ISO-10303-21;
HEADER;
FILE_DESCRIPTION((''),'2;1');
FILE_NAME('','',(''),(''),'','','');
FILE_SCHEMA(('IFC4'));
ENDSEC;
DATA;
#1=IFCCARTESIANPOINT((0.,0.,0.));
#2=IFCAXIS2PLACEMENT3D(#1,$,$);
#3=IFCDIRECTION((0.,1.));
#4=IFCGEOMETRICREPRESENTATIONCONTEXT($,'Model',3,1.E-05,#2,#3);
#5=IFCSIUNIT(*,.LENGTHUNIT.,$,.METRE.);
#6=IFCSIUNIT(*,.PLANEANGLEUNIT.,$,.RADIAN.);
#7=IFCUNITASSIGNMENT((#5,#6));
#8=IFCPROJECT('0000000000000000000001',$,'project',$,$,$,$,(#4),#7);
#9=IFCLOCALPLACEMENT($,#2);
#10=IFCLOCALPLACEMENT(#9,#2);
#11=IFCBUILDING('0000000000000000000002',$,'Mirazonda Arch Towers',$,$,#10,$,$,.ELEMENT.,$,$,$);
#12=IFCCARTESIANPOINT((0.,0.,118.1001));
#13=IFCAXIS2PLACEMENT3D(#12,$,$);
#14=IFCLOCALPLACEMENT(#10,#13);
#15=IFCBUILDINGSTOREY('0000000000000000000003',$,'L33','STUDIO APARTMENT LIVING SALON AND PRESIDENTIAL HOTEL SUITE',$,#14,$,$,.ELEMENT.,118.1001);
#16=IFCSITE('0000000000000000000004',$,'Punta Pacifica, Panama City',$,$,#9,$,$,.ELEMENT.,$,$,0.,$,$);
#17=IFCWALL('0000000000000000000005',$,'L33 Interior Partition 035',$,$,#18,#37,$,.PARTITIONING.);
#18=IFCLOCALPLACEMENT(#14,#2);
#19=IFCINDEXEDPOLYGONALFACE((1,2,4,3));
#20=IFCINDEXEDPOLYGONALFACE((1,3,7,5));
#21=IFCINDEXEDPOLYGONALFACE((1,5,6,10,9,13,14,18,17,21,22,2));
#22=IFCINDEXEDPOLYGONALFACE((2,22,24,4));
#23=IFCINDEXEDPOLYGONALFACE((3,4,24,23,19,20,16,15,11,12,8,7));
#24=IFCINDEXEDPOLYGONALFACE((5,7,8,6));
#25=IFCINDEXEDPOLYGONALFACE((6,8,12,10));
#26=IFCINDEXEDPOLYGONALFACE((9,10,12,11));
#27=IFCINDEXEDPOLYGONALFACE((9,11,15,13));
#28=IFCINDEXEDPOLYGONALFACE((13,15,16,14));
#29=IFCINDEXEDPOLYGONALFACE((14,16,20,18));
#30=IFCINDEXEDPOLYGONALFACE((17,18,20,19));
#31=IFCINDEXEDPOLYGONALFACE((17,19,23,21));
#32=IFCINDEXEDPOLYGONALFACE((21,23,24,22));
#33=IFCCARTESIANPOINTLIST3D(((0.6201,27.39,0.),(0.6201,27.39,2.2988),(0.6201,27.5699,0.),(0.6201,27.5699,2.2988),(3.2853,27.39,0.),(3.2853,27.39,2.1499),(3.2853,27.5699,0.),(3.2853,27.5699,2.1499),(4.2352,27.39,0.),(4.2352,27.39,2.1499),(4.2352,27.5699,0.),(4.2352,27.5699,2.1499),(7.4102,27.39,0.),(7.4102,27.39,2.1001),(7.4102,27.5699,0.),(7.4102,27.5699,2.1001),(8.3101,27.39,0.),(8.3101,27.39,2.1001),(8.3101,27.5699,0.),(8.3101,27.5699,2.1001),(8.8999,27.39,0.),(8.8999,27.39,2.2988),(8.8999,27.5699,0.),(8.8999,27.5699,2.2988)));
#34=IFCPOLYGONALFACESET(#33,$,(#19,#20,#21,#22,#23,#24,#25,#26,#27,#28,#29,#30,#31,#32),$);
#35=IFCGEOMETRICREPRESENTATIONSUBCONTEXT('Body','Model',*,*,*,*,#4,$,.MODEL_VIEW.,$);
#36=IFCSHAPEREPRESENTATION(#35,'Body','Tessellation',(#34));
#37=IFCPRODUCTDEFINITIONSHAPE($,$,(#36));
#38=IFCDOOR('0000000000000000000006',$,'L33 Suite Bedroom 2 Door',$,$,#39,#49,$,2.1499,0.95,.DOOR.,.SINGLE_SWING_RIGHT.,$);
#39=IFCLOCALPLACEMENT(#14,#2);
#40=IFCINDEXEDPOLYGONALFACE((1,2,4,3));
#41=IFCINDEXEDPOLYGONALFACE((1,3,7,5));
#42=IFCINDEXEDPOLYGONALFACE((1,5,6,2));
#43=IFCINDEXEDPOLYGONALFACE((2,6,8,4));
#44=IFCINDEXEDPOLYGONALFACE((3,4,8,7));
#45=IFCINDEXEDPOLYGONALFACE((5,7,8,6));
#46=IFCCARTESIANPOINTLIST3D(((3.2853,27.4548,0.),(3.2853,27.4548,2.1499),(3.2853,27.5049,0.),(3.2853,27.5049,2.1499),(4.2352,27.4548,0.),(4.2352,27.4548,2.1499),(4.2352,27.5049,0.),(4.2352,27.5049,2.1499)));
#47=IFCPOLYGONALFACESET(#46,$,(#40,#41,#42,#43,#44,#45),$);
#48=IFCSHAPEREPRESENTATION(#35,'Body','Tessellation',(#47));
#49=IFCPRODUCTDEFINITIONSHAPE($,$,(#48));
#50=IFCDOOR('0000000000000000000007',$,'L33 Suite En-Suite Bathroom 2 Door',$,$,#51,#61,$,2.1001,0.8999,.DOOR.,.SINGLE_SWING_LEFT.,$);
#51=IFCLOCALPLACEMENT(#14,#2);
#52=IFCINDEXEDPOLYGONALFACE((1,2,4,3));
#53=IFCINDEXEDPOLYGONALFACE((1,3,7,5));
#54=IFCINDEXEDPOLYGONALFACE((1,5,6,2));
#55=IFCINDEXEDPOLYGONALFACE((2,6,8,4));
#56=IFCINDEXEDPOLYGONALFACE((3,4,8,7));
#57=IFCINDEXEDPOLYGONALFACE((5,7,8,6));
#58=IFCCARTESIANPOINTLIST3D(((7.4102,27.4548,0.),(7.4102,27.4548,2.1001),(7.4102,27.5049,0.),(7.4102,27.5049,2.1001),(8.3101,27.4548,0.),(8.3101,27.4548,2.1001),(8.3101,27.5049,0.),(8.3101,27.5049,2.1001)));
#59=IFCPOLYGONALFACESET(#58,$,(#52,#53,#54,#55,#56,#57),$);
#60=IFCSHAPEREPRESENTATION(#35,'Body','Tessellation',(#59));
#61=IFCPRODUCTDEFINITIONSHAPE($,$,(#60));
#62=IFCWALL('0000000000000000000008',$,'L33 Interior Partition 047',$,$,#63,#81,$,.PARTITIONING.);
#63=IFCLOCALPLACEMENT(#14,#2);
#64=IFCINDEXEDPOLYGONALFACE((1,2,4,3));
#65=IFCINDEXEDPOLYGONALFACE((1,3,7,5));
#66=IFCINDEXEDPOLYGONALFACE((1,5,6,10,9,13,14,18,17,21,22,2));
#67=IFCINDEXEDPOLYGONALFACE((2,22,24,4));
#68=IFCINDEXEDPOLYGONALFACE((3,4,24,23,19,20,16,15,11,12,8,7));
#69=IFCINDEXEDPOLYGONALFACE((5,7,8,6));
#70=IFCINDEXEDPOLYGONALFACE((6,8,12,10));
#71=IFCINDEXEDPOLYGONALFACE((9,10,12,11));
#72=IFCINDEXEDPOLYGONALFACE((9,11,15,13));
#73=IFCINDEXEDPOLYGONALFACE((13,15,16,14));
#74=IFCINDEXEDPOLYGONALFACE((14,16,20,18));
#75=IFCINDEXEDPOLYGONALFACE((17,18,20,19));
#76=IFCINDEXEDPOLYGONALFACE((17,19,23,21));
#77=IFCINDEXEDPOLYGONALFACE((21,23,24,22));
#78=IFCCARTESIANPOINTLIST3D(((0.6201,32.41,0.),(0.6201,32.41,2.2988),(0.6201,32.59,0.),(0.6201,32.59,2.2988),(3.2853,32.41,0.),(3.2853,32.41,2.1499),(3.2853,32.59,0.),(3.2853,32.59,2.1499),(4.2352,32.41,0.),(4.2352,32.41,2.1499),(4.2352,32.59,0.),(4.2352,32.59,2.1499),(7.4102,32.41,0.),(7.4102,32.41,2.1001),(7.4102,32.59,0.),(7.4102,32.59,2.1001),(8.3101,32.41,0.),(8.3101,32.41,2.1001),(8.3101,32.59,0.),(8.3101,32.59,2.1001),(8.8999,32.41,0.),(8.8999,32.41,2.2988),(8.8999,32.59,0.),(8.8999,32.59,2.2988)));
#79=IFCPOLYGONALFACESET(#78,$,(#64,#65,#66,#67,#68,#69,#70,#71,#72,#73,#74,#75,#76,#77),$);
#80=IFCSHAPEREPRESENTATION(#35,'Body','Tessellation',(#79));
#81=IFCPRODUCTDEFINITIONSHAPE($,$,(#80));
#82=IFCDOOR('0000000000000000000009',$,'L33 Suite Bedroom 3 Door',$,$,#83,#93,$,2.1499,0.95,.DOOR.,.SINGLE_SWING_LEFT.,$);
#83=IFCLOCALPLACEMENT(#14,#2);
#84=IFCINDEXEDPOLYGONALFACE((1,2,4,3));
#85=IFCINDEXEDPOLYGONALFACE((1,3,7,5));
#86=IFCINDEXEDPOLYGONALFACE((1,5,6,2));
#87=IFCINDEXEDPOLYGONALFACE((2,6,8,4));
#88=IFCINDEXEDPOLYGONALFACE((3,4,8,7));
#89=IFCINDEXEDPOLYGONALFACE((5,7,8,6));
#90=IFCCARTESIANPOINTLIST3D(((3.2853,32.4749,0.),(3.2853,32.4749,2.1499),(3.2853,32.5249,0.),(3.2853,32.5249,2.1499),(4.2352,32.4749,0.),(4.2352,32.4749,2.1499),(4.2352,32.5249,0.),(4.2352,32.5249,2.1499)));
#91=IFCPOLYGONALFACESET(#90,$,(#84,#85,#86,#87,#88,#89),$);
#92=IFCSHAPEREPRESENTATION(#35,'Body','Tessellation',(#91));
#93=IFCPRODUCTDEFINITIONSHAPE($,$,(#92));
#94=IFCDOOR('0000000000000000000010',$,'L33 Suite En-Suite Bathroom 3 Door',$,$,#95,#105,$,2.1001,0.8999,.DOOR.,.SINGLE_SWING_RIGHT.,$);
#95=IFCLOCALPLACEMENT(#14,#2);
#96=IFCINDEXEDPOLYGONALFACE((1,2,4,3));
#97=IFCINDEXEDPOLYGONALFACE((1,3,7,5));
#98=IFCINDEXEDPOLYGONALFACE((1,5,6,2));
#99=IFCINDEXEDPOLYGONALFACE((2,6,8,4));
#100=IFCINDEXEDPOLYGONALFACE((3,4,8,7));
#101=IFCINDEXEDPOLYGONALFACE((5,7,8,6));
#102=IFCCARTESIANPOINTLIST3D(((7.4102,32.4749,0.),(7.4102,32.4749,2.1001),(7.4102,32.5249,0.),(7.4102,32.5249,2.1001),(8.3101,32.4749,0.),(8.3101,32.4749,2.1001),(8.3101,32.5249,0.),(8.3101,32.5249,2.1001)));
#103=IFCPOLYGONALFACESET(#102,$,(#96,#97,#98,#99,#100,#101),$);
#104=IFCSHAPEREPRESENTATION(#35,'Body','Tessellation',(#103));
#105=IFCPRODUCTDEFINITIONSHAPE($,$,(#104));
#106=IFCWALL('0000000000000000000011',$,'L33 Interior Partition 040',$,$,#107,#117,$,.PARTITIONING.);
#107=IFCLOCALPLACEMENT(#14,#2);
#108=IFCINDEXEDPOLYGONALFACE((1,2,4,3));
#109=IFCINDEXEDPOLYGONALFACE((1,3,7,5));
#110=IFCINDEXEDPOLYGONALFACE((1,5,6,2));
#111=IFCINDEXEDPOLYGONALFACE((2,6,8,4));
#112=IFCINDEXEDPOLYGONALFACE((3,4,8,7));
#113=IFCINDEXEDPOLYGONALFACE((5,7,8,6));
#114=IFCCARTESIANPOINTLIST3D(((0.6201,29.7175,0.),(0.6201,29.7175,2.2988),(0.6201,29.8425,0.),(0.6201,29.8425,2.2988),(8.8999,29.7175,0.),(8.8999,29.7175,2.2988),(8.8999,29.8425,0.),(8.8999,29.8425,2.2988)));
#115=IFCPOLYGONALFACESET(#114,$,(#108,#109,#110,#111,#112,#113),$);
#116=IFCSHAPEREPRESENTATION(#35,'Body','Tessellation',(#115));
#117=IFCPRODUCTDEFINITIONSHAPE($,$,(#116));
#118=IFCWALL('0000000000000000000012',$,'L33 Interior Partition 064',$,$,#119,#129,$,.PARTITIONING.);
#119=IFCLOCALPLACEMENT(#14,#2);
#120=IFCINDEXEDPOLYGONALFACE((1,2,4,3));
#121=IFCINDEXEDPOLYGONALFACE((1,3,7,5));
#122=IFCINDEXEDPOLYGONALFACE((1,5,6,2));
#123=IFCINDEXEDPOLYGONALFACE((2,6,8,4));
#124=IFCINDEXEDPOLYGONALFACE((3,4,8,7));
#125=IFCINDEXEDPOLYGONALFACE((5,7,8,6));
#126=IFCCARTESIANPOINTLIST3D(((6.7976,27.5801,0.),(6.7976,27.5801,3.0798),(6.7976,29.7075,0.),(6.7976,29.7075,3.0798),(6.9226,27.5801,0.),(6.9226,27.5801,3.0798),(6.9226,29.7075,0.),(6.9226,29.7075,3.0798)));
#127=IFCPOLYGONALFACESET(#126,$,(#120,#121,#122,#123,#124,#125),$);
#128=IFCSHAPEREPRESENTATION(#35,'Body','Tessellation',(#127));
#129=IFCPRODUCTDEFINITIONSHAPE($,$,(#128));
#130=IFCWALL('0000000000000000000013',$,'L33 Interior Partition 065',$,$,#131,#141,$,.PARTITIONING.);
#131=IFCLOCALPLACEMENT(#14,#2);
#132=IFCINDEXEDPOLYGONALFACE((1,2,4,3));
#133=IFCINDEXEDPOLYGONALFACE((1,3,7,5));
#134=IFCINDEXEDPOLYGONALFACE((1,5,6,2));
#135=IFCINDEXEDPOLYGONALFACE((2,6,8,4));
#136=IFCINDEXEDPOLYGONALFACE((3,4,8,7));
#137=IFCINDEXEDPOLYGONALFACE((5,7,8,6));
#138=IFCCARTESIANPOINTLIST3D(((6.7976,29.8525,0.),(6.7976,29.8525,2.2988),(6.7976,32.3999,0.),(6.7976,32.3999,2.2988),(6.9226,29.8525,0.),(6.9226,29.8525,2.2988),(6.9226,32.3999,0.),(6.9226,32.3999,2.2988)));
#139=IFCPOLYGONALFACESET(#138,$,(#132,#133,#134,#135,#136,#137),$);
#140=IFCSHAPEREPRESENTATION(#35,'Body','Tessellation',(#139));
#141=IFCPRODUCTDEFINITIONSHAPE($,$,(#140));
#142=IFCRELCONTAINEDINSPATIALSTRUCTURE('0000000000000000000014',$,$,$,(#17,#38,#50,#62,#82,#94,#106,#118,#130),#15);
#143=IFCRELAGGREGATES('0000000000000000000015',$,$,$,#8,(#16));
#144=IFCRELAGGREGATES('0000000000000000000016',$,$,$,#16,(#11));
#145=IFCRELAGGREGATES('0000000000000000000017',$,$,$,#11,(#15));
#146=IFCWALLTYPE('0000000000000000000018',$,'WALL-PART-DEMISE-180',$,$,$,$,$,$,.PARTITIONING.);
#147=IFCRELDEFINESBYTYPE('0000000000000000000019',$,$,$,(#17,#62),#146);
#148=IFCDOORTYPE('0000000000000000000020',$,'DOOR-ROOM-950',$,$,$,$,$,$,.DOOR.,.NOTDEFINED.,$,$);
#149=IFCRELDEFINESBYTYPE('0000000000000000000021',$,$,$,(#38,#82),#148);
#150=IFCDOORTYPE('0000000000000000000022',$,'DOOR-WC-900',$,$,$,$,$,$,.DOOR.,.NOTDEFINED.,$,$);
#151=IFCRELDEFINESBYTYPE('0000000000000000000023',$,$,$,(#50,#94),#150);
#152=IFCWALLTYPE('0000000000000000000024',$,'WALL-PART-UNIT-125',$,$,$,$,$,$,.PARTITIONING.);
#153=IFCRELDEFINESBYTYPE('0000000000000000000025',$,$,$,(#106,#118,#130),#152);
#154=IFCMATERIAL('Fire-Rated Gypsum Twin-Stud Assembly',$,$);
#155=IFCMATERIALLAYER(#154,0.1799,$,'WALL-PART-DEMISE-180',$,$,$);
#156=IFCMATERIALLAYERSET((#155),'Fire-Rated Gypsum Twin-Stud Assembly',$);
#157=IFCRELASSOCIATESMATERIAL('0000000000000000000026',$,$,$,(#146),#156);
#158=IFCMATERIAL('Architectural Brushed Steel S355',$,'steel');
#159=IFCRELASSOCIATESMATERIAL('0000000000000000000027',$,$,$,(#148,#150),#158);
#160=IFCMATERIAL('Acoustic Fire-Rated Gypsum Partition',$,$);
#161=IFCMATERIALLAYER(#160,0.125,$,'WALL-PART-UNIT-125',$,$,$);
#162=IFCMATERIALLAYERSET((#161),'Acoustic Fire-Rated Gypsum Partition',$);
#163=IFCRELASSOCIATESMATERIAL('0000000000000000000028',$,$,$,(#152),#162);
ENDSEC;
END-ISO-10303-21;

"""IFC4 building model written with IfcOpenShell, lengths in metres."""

from ifc_helpers import new_model, si_unit, direction, frame, frame_2d, origin, place, context, subcontext, project, spatial, rectangle, extrude, material, layer, layer_set, type_object, element, fill, save


model = new_model("IFC4")

# Units and contexts
model_context = context("Model", 3, precision=1e-05, world=origin(), true_north=direction((0.0, 1.0)))
body_context = subcontext(model_context, "Body", "Model", "MODEL_VIEW")
ifc_project = project(units=[si_unit("LENGTHUNIT", "METRE"), si_unit("PLANEANGLEUNIT", "RADIAN")], contexts=[model_context])

# Site, building, storey
site_placement = place(None, origin())
site = spatial("IfcSite", under=ifc_project, at=site_placement, Name="Punta Pacifica, Panama City", CompositionType="ELEMENT", RefElevation=0.0)
building_placement = place(site_placement, origin())
building = spatial("IfcBuilding", under=site, at=building_placement, Name="Mirazonda Arch Towers", CompositionType="ELEMENT")
storey_placement = place(building_placement, frame((0.0, 0.0, 118.1001)))
storey = spatial("IfcBuildingStorey", under=building, at=storey_placement, Name="L33", Description="STUDIO APARTMENT LIVING SALON AND PRESIDENTIAL HOTEL SUITE", CompositionType="ELEMENT", Elevation=118.1001)

# Walls, openings, doors
ifc_material_1 = material(Name="Fire-Rated Gypsum Twin-Stud Assembly")
ifc_layer_1 = layer(ifc_material_1, 0.1799, Name="WALL-PART-DEMISE-180")
ifc_layer_set_1 = layer_set([ifc_layer_1], Name="Fire-Rated Gypsum Twin-Stud Assembly")
wall_type_1 = type_object("IfcWallType", Name="WALL-PART-DEMISE-180", PredefinedType="PARTITIONING", material=ifc_layer_set_1)
wall_1_placement = place(storey_placement, frame((0.6201, 27.48, 0.0), z_axis=(0.0, 0.0, 1.0), x_axis=(1.0, 0.0, 0.0)))
wall_1 = element("IfcWall", 1, at=wall_1_placement, inside=storey, type_object=wall_type_1, Name="L33 Interior Partition 035", PredefinedType="PARTITIONING", context=body_context, shape_type="SweptSolid", body=[
    extrude(rectangle(XDim=8.2798, YDim=0.1799, at=frame_2d((4.1399, 0.0))), origin(), (0.0, 0.0, 1.0), 2.2988),
])
opening_1_placement = place(wall_1_placement, frame((2.665, 0.0, 0.0)))
opening_1 = element("IfcOpeningElement", 2, at=opening_1_placement, cuts=wall_1, PredefinedType="OPENING", context=body_context, shape_type="SweptSolid", body=[
    extrude(rectangle(XDim=0.95, YDim=2.1499, at=frame_2d((0.4751, 1.075))), frame((0.0, 0.0999, 0.0), z_axis=(0.0, -1.0, 0.0), x_axis=(1.0, 0.0, 0.0)), (0.0, 0.0, 1.0), 0.2),
])
opening_2_placement = place(wall_1_placement, frame((6.79, 0.0, 0.0)))
opening_2 = element("IfcOpeningElement", 3, at=opening_2_placement, cuts=wall_1, PredefinedType="OPENING", context=body_context, shape_type="SweptSolid", body=[
    extrude(rectangle(XDim=0.8999, YDim=2.1001, at=frame_2d((0.45, 1.05))), frame((0.0, 0.0999, 0.0), z_axis=(0.0, -1.0, 0.0), x_axis=(1.0, 0.0, 0.0)), (0.0, 0.0, 1.0), 0.2),
])
ifc_material_2 = material(Name="Architectural Brushed Steel S355", Category="steel")
door_type_1 = type_object("IfcDoorType", Name="DOOR-ROOM-950", OperationType="NOTDEFINED", PredefinedType="DOOR", material=ifc_material_2)
door_1_placement = place(opening_1_placement, origin())
door_1 = element("IfcDoor", 4, at=door_1_placement, inside=storey, type_object=door_type_1, Name="L33 Suite Bedroom 2 Door", OperationType="SINGLE_SWING_RIGHT", OverallHeight=2.1499, OverallWidth=0.95, PredefinedType="DOOR", context=body_context, shape_type="SweptSolid", body=[
    extrude(rectangle(XDim=0.95, YDim=2.1499, at=frame_2d((0.4751, 1.075))), frame((0.0, 0.0249, 0.0), z_axis=(0.0, -1.0, 0.0), x_axis=(1.0, 0.0, 0.0)), (0.0, 0.0, 1.0), 0.05),
])
fill(opening_1, door_1)
door_type_2 = type_object("IfcDoorType", Name="DOOR-WC-900", OperationType="NOTDEFINED", PredefinedType="DOOR", material=ifc_material_2)
door_2_placement = place(opening_2_placement, origin())
door_2 = element("IfcDoor", 5, at=door_2_placement, inside=storey, type_object=door_type_2, Name="L33 Suite En-Suite Bathroom 2 Door", OperationType="SINGLE_SWING_LEFT", OverallHeight=2.1001, OverallWidth=0.8999, PredefinedType="DOOR", context=body_context, shape_type="SweptSolid", body=[
    extrude(rectangle(XDim=0.8999, YDim=2.1001, at=frame_2d((0.45, 1.05))), frame((0.0, 0.0249, 0.0), z_axis=(0.0, -1.0, 0.0), x_axis=(1.0, 0.0, 0.0)), (0.0, 0.0, 1.0), 0.05),
])
fill(opening_2, door_2)
wall_2_placement = place(storey_placement, frame((0.6201, 32.5, 0.0), z_axis=(0.0, 0.0, 1.0), x_axis=(1.0, 0.0, 0.0)))
wall_2 = element("IfcWall", 6, at=wall_2_placement, inside=storey, type_object=wall_type_1, Name="L33 Interior Partition 047", PredefinedType="PARTITIONING", context=body_context, shape_type="SweptSolid", body=[
    extrude(rectangle(XDim=8.2798, YDim=0.1799, at=frame_2d((4.1399, 0.0))), origin(), (0.0, 0.0, 1.0), 2.2988),
])
opening_3_placement = place(wall_2_placement, frame((2.665, 0.0, 0.0)))
opening_3 = element("IfcOpeningElement", 7, at=opening_3_placement, cuts=wall_2, PredefinedType="OPENING", context=body_context, shape_type="SweptSolid", body=[
    extrude(rectangle(XDim=0.95, YDim=2.1499, at=frame_2d((0.4751, 1.075))), frame((0.0, 0.0999, 0.0), z_axis=(0.0, -1.0, 0.0), x_axis=(1.0, 0.0, 0.0)), (0.0, 0.0, 1.0), 0.2),
])
opening_4_placement = place(wall_2_placement, frame((6.79, 0.0, 0.0)))
opening_4 = element("IfcOpeningElement", 8, at=opening_4_placement, cuts=wall_2, PredefinedType="OPENING", context=body_context, shape_type="SweptSolid", body=[
    extrude(rectangle(XDim=0.8999, YDim=2.1001, at=frame_2d((0.45, 1.05))), frame((0.0, 0.0999, 0.0), z_axis=(0.0, -1.0, 0.0), x_axis=(1.0, 0.0, 0.0)), (0.0, 0.0, 1.0), 0.2),
])
door_3_placement = place(opening_3_placement, origin())
door_3 = element("IfcDoor", 9, at=door_3_placement, inside=storey, type_object=door_type_1, Name="L33 Suite Bedroom 3 Door", OperationType="SINGLE_SWING_LEFT", OverallHeight=2.1499, OverallWidth=0.95, PredefinedType="DOOR", context=body_context, shape_type="SweptSolid", body=[
    extrude(rectangle(XDim=0.95, YDim=2.1499, at=frame_2d((0.4751, 1.075))), frame((0.0, 0.0249, 0.0), z_axis=(0.0, -1.0, 0.0), x_axis=(1.0, 0.0, 0.0)), (0.0, 0.0, 1.0), 0.05),
])
fill(opening_3, door_3)
door_4_placement = place(opening_4_placement, origin())
door_4 = element("IfcDoor", 10, at=door_4_placement, inside=storey, type_object=door_type_2, Name="L33 Suite En-Suite Bathroom 3 Door", OperationType="SINGLE_SWING_RIGHT", OverallHeight=2.1001, OverallWidth=0.8999, PredefinedType="DOOR", context=body_context, shape_type="SweptSolid", body=[
    extrude(rectangle(XDim=0.8999, YDim=2.1001, at=frame_2d((0.45, 1.05))), frame((0.0, 0.0249, 0.0), z_axis=(0.0, -1.0, 0.0), x_axis=(1.0, 0.0, 0.0)), (0.0, 0.0, 1.0), 0.05),
])
fill(opening_4, door_4)

# Walls
ifc_material_3 = material(Name="Acoustic Fire-Rated Gypsum Partition")
ifc_layer_2 = layer(ifc_material_3, 0.125, Name="WALL-PART-UNIT-125")
ifc_layer_set_2 = layer_set([ifc_layer_2], Name="Acoustic Fire-Rated Gypsum Partition")
wall_type_2 = type_object("IfcWallType", Name="WALL-PART-UNIT-125", PredefinedType="PARTITIONING", material=ifc_layer_set_2)
wall_3_placement = place(storey_placement, frame((0.6201, 29.78, 0.0), z_axis=(0.0, 0.0, 1.0), x_axis=(1.0, 0.0, 0.0)))
element("IfcWall", 11, at=wall_3_placement, inside=storey, type_object=wall_type_2, Name="L33 Interior Partition 040", PredefinedType="PARTITIONING", context=body_context, shape_type="SweptSolid", body=[
    extrude(rectangle(XDim=8.2798, YDim=0.125, at=frame_2d((4.1399, 0.0))), origin(), (0.0, 0.0, 1.0), 2.2988),
])
wall_4_placement = place(storey_placement, frame((6.8601, 27.5801, 0.0), z_axis=(0.0, 0.0, 1.0), x_axis=(0.0, 1.0, 0.0)))
element("IfcWall", 12, at=wall_4_placement, inside=storey, type_object=wall_type_2, Name="L33 Interior Partition 064", PredefinedType="PARTITIONING", context=body_context, shape_type="SweptSolid", body=[
    extrude(rectangle(XDim=2.1274, YDim=0.125, at=frame_2d((1.0637, 0.0))), origin(), (0.0, 0.0, 1.0), 3.0798),
])
wall_5_placement = place(storey_placement, frame((6.8601, 29.8525, 0.0), z_axis=(0.0, 0.0, 1.0), x_axis=(0.0, 1.0, 0.0)))
element("IfcWall", 13, at=wall_5_placement, inside=storey, type_object=wall_type_2, Name="L33 Interior Partition 065", PredefinedType="PARTITIONING", context=body_context, shape_type="SweptSolid", body=[
    extrude(rectangle(XDim=2.5474, YDim=0.125, at=frame_2d((1.2737, 0.0))), origin(), (0.0, 0.0, 1.0), 2.2988),
])

save(model, "model.ifc")
